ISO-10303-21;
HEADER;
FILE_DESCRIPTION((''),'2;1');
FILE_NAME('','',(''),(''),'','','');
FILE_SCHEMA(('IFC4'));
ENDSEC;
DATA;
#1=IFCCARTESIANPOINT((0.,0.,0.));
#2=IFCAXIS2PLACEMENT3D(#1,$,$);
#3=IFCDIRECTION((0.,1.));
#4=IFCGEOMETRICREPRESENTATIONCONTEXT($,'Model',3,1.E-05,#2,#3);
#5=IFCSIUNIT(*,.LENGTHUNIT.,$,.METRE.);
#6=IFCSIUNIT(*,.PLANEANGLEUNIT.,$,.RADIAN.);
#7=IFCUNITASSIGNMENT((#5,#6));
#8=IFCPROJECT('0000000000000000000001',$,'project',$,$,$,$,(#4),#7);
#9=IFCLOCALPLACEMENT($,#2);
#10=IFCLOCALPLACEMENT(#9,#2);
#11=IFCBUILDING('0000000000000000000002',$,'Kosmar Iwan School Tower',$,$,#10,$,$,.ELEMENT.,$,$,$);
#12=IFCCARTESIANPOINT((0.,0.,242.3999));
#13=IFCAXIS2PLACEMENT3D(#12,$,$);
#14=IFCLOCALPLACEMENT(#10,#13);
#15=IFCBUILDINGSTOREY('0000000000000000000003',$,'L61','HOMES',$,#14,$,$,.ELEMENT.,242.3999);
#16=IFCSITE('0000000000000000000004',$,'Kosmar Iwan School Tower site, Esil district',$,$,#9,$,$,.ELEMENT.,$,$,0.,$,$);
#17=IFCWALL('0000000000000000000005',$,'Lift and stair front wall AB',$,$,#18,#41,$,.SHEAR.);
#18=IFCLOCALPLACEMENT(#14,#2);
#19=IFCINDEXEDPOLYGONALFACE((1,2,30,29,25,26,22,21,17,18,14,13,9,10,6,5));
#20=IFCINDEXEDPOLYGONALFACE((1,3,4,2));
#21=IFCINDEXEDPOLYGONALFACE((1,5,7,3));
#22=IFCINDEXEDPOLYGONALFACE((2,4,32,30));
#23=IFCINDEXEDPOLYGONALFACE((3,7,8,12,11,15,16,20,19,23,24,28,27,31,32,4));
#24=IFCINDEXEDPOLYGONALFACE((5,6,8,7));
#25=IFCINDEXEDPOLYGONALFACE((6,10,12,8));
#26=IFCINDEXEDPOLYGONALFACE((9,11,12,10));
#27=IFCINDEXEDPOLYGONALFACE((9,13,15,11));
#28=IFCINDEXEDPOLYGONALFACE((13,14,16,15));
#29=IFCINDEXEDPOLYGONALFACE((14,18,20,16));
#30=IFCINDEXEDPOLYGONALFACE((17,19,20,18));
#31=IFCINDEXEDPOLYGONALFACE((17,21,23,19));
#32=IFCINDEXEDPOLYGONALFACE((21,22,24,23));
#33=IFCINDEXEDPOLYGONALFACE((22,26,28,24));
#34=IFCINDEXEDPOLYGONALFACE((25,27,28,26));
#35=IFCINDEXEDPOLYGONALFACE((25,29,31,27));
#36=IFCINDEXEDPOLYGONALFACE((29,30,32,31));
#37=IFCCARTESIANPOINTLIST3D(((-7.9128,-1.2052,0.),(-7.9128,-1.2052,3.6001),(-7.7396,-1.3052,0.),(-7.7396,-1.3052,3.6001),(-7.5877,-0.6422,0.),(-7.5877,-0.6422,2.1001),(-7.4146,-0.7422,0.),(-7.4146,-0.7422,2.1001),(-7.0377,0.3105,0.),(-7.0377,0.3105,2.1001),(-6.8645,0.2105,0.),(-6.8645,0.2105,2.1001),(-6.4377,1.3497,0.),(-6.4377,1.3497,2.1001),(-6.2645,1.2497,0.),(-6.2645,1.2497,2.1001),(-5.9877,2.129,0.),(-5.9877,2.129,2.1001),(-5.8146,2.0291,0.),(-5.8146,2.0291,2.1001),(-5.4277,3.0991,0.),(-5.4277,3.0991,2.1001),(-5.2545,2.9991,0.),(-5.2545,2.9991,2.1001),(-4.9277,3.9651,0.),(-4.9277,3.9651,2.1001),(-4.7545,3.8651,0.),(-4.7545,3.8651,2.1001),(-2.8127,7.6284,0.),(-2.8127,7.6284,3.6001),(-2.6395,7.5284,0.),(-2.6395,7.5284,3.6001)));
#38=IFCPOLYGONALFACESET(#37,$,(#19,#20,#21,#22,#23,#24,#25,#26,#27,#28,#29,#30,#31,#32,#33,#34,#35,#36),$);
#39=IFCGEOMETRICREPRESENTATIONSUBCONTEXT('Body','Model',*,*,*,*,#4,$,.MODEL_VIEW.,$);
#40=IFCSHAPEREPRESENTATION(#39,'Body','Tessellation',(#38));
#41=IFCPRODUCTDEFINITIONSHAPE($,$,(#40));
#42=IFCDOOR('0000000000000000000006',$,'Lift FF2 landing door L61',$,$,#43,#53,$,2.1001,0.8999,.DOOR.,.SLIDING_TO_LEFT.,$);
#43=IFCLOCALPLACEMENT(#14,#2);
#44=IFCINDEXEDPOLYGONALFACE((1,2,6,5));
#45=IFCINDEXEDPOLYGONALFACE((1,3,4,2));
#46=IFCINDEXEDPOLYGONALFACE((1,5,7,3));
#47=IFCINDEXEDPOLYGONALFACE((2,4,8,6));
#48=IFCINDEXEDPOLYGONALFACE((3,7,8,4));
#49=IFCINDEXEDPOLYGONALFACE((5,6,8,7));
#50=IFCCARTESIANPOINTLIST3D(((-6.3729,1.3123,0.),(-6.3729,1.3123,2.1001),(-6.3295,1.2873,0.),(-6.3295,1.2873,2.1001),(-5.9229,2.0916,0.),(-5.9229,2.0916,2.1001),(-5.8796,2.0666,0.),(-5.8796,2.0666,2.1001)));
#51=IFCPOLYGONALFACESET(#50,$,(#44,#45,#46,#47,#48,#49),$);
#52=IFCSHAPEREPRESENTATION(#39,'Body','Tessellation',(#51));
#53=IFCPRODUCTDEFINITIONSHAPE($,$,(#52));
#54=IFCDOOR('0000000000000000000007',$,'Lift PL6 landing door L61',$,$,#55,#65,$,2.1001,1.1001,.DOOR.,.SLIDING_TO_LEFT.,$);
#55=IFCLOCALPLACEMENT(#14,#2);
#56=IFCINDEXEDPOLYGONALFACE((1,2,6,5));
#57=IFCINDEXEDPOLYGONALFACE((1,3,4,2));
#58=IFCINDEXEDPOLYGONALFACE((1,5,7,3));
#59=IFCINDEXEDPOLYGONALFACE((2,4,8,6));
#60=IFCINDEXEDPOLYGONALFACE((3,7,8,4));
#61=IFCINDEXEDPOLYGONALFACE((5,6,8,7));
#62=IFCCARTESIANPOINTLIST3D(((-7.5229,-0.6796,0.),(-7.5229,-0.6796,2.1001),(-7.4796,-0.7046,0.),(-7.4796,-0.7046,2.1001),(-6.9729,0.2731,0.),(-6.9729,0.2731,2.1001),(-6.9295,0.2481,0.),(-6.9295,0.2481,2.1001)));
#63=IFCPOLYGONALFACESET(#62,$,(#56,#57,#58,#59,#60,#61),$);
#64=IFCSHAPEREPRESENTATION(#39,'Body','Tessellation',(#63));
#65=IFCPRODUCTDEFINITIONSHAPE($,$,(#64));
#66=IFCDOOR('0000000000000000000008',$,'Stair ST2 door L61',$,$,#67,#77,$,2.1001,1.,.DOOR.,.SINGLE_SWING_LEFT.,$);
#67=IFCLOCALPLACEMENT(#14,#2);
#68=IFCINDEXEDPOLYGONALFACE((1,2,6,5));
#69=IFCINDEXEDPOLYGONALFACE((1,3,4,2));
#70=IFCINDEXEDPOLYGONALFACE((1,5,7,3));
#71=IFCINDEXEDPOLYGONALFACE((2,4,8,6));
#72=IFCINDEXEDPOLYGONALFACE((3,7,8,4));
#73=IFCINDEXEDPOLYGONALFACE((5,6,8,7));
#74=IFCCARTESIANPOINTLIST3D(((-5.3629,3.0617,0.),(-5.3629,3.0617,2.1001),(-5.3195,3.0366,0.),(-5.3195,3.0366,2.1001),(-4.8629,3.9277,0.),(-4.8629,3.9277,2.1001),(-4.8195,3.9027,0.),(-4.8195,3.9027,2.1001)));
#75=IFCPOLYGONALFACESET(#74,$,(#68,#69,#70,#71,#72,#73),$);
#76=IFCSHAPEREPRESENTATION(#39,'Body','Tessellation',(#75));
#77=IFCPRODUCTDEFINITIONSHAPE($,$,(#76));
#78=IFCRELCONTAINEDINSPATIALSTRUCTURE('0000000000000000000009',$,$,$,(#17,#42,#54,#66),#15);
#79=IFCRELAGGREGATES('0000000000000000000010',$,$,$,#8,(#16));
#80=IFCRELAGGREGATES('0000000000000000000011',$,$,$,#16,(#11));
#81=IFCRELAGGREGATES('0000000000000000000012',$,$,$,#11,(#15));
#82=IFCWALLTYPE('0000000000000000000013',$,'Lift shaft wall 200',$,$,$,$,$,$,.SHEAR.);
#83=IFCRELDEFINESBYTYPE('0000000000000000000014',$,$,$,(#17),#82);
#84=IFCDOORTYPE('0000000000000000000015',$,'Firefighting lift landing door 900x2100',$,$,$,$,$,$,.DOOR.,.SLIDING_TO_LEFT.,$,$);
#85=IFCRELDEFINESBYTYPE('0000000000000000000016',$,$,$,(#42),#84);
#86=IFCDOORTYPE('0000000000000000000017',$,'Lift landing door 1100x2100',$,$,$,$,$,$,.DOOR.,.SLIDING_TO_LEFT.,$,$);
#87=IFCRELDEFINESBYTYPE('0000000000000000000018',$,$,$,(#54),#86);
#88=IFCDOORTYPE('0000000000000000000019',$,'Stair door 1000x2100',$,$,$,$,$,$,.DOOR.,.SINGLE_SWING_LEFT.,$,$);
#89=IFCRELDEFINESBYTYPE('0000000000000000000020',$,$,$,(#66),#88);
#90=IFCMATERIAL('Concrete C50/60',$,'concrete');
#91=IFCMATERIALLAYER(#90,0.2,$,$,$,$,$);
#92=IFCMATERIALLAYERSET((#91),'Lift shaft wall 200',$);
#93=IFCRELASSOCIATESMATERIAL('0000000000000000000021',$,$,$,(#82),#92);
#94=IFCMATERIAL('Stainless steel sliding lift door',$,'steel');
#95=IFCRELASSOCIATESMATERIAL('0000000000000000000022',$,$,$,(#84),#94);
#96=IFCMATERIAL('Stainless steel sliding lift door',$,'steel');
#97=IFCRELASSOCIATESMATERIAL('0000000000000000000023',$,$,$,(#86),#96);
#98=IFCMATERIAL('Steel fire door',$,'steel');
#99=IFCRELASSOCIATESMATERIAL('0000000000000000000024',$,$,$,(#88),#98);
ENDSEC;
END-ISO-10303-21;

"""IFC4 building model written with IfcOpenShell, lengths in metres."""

from ifc_helpers import new_model, si_unit, direction, frame, frame_2d, origin, place, context, subcontext, project, spatial, rectangle, extrude, material, layer, layer_set, type_object, element, fill, save


model = new_model("IFC4")

# Units and contexts
model_context = context("Model", 3, precision=1e-05, world=origin(), true_north=direction((0.0, 1.0)))
body_context = subcontext(model_context, "Body", "Model", "MODEL_VIEW")
ifc_project = project(units=[si_unit("LENGTHUNIT", "METRE"), si_unit("PLANEANGLEUNIT", "RADIAN")], contexts=[model_context])

# Site, building, storey
site_placement = place(None, origin())
site = spatial("IfcSite", under=ifc_project, at=site_placement, Name="Kosmar Iwan School Tower site, Esil district", CompositionType="ELEMENT", RefElevation=0.0)
building_placement = place(site_placement, origin())
building = spatial("IfcBuilding", under=site, at=building_placement, Name="Kosmar Iwan School Tower", CompositionType="ELEMENT")
storey_placement = place(building_placement, frame((0.0, 0.0, 242.3999)))
storey = spatial("IfcBuildingStorey", under=building, at=storey_placement, Name="L61", Description="HOMES", CompositionType="ELEMENT", Elevation=242.3999)

# Wall, openings, doors
ifc_material_1 = material(Name="Concrete C50/60", Category="concrete")
ifc_layer_1 = layer(ifc_material_1, 0.2)
ifc_layer_set_1 = layer_set([ifc_layer_1], Name="Lift shaft wall 200")
wall_type_1 = type_object("IfcWallType", Name="Lift shaft wall 200", PredefinedType="SHEAR", material=ifc_layer_set_1)
wall_1_placement = place(storey_placement, frame((-2.7261, 7.5784, 0.0), z_axis=(0.0, 0.0, 1.0), x_axis=(-0.500006, -0.866022, 0.0)))
wall_1 = element("IfcWall", 1, at=wall_1_placement, inside=storey, type_object=wall_type_1, Name="Lift and stair front wall AB", PredefinedType="SHEAR", context=body_context, shape_type="SweptSolid", body=[
    extrude(rectangle(XDim=10.2002, YDim=0.2, at=frame_2d((5.1001, 0.0))), origin(), (0.0, 0.0, 1.0), 3.6001),
])
opening_1_placement = place(wall_1_placement, frame((6.3501, 0.0, 0.0)))
opening_1 = element("IfcOpeningElement", 2, at=opening_1_placement, cuts=wall_1, PredefinedType="OPENING", context=body_context, shape_type="SweptSolid", body=[
    extrude(rectangle(XDim=0.8999, YDim=2.1001, at=frame_2d((0.45, 1.05))), frame((0.0, 0.1121, 0.0), z_axis=(0.0, -1.0, 0.0), x_axis=(1.0, 0.0, 0.0)), (0.0, 0.0, 1.0), 0.2239),
])
opening_2_placement = place(wall_1_placement, frame((8.45, 0.0, 0.0)))
opening_2 = element("IfcOpeningElement", 3, at=opening_2_placement, cuts=wall_1, PredefinedType="OPENING", context=body_context, shape_type="SweptSolid", body=[
    extrude(rectangle(XDim=1.1001, YDim=2.1001, at=frame_2d((0.55, 1.05))), frame((0.0, 0.1121, 0.0), z_axis=(0.0, -1.0, 0.0), x_axis=(1.0, 0.0, 0.0)), (0.0, 0.0, 1.0), 0.2239),
])
opening_3_placement = place(wall_1_placement, frame((4.23, 0.0, 0.0)))
opening_3 = element("IfcOpeningElement", 4, at=opening_3_placement, cuts=wall_1, PredefinedType="OPENING", context=body_context, shape_type="SweptSolid", body=[
    extrude(rectangle(XDim=1.0, YDim=2.1001, at=frame_2d((0.5, 1.05))), frame((0.0, 0.1121, 0.0), z_axis=(0.0, -1.0, 0.0), x_axis=(1.0, 0.0, 0.0)), (0.0, 0.0, 1.0), 0.2239),
])
ifc_material_2 = material(Name="Stainless steel sliding lift door", Category="steel")
door_type_1 = type_object("IfcDoorType", Name="Firefighting lift landing door 900x2100", OperationType="SLIDING_TO_LEFT", PredefinedType="DOOR", material=ifc_material_2)
door_1_placement = place(opening_1_placement, origin())
door_1 = element("IfcDoor", 5, at=door_1_placement, inside=storey, type_object=door_type_1, Name="Lift FF2 landing door L61", OperationType="SLIDING_TO_LEFT", OverallHeight=2.1001, OverallWidth=0.8999, PredefinedType="DOOR", context=body_context, shape_type="SweptSolid", body=[
    extrude(rectangle(XDim=0.8999, YDim=2.1001, at=frame_2d((0.45, 1.05))), frame((0.0, 0.0249, 0.0), z_axis=(0.0, -1.0, 0.0), x_axis=(1.0, 0.0, 0.0)), (0.0, 0.0, 1.0), 0.05),
])
fill(opening_1, door_1)
ifc_material_3 = material(Name="Stainless steel sliding lift door", Category="steel")
door_type_2 = type_object("IfcDoorType", Name="Lift landing door 1100x2100", OperationType="SLIDING_TO_LEFT", PredefinedType="DOOR", material=ifc_material_3)
door_2_placement = place(opening_2_placement, origin())
door_2 = element("IfcDoor", 6, at=door_2_placement, inside=storey, type_object=door_type_2, Name="Lift PL6 landing door L61", OperationType="SLIDING_TO_LEFT", OverallHeight=2.1001, OverallWidth=1.1001, PredefinedType="DOOR", context=body_context, shape_type="SweptSolid", body=[
    extrude(rectangle(XDim=1.1001, YDim=2.1001, at=frame_2d((0.55, 1.05))), frame((0.0, 0.0249, 0.0), z_axis=(0.0, -1.0, 0.0), x_axis=(1.0, 0.0, 0.0)), (0.0, 0.0, 1.0), 0.05),
])
fill(opening_2, door_2)
ifc_material_4 = material(Name="Steel fire door", Category="steel")
door_type_3 = type_object("IfcDoorType", Name="Stair door 1000x2100", OperationType="SINGLE_SWING_LEFT", PredefinedType="DOOR", material=ifc_material_4)
door_3_placement = place(opening_3_placement, origin())
door_3 = element("IfcDoor", 7, at=door_3_placement, inside=storey, type_object=door_type_3, Name="Stair ST2 door L61", OperationType="SINGLE_SWING_LEFT", OverallHeight=2.1001, OverallWidth=1.0, PredefinedType="DOOR", context=body_context, shape_type="SweptSolid", body=[
    extrude(rectangle(XDim=1.0, YDim=2.1001, at=frame_2d((0.5, 1.05))), frame((0.0, 0.0249, 0.0), z_axis=(0.0, -1.0, 0.0), x_axis=(1.0, 0.0, 0.0)), (0.0, 0.0, 1.0), 0.05),
])
fill(opening_3, door_3)

save(model, "model.ifc")
